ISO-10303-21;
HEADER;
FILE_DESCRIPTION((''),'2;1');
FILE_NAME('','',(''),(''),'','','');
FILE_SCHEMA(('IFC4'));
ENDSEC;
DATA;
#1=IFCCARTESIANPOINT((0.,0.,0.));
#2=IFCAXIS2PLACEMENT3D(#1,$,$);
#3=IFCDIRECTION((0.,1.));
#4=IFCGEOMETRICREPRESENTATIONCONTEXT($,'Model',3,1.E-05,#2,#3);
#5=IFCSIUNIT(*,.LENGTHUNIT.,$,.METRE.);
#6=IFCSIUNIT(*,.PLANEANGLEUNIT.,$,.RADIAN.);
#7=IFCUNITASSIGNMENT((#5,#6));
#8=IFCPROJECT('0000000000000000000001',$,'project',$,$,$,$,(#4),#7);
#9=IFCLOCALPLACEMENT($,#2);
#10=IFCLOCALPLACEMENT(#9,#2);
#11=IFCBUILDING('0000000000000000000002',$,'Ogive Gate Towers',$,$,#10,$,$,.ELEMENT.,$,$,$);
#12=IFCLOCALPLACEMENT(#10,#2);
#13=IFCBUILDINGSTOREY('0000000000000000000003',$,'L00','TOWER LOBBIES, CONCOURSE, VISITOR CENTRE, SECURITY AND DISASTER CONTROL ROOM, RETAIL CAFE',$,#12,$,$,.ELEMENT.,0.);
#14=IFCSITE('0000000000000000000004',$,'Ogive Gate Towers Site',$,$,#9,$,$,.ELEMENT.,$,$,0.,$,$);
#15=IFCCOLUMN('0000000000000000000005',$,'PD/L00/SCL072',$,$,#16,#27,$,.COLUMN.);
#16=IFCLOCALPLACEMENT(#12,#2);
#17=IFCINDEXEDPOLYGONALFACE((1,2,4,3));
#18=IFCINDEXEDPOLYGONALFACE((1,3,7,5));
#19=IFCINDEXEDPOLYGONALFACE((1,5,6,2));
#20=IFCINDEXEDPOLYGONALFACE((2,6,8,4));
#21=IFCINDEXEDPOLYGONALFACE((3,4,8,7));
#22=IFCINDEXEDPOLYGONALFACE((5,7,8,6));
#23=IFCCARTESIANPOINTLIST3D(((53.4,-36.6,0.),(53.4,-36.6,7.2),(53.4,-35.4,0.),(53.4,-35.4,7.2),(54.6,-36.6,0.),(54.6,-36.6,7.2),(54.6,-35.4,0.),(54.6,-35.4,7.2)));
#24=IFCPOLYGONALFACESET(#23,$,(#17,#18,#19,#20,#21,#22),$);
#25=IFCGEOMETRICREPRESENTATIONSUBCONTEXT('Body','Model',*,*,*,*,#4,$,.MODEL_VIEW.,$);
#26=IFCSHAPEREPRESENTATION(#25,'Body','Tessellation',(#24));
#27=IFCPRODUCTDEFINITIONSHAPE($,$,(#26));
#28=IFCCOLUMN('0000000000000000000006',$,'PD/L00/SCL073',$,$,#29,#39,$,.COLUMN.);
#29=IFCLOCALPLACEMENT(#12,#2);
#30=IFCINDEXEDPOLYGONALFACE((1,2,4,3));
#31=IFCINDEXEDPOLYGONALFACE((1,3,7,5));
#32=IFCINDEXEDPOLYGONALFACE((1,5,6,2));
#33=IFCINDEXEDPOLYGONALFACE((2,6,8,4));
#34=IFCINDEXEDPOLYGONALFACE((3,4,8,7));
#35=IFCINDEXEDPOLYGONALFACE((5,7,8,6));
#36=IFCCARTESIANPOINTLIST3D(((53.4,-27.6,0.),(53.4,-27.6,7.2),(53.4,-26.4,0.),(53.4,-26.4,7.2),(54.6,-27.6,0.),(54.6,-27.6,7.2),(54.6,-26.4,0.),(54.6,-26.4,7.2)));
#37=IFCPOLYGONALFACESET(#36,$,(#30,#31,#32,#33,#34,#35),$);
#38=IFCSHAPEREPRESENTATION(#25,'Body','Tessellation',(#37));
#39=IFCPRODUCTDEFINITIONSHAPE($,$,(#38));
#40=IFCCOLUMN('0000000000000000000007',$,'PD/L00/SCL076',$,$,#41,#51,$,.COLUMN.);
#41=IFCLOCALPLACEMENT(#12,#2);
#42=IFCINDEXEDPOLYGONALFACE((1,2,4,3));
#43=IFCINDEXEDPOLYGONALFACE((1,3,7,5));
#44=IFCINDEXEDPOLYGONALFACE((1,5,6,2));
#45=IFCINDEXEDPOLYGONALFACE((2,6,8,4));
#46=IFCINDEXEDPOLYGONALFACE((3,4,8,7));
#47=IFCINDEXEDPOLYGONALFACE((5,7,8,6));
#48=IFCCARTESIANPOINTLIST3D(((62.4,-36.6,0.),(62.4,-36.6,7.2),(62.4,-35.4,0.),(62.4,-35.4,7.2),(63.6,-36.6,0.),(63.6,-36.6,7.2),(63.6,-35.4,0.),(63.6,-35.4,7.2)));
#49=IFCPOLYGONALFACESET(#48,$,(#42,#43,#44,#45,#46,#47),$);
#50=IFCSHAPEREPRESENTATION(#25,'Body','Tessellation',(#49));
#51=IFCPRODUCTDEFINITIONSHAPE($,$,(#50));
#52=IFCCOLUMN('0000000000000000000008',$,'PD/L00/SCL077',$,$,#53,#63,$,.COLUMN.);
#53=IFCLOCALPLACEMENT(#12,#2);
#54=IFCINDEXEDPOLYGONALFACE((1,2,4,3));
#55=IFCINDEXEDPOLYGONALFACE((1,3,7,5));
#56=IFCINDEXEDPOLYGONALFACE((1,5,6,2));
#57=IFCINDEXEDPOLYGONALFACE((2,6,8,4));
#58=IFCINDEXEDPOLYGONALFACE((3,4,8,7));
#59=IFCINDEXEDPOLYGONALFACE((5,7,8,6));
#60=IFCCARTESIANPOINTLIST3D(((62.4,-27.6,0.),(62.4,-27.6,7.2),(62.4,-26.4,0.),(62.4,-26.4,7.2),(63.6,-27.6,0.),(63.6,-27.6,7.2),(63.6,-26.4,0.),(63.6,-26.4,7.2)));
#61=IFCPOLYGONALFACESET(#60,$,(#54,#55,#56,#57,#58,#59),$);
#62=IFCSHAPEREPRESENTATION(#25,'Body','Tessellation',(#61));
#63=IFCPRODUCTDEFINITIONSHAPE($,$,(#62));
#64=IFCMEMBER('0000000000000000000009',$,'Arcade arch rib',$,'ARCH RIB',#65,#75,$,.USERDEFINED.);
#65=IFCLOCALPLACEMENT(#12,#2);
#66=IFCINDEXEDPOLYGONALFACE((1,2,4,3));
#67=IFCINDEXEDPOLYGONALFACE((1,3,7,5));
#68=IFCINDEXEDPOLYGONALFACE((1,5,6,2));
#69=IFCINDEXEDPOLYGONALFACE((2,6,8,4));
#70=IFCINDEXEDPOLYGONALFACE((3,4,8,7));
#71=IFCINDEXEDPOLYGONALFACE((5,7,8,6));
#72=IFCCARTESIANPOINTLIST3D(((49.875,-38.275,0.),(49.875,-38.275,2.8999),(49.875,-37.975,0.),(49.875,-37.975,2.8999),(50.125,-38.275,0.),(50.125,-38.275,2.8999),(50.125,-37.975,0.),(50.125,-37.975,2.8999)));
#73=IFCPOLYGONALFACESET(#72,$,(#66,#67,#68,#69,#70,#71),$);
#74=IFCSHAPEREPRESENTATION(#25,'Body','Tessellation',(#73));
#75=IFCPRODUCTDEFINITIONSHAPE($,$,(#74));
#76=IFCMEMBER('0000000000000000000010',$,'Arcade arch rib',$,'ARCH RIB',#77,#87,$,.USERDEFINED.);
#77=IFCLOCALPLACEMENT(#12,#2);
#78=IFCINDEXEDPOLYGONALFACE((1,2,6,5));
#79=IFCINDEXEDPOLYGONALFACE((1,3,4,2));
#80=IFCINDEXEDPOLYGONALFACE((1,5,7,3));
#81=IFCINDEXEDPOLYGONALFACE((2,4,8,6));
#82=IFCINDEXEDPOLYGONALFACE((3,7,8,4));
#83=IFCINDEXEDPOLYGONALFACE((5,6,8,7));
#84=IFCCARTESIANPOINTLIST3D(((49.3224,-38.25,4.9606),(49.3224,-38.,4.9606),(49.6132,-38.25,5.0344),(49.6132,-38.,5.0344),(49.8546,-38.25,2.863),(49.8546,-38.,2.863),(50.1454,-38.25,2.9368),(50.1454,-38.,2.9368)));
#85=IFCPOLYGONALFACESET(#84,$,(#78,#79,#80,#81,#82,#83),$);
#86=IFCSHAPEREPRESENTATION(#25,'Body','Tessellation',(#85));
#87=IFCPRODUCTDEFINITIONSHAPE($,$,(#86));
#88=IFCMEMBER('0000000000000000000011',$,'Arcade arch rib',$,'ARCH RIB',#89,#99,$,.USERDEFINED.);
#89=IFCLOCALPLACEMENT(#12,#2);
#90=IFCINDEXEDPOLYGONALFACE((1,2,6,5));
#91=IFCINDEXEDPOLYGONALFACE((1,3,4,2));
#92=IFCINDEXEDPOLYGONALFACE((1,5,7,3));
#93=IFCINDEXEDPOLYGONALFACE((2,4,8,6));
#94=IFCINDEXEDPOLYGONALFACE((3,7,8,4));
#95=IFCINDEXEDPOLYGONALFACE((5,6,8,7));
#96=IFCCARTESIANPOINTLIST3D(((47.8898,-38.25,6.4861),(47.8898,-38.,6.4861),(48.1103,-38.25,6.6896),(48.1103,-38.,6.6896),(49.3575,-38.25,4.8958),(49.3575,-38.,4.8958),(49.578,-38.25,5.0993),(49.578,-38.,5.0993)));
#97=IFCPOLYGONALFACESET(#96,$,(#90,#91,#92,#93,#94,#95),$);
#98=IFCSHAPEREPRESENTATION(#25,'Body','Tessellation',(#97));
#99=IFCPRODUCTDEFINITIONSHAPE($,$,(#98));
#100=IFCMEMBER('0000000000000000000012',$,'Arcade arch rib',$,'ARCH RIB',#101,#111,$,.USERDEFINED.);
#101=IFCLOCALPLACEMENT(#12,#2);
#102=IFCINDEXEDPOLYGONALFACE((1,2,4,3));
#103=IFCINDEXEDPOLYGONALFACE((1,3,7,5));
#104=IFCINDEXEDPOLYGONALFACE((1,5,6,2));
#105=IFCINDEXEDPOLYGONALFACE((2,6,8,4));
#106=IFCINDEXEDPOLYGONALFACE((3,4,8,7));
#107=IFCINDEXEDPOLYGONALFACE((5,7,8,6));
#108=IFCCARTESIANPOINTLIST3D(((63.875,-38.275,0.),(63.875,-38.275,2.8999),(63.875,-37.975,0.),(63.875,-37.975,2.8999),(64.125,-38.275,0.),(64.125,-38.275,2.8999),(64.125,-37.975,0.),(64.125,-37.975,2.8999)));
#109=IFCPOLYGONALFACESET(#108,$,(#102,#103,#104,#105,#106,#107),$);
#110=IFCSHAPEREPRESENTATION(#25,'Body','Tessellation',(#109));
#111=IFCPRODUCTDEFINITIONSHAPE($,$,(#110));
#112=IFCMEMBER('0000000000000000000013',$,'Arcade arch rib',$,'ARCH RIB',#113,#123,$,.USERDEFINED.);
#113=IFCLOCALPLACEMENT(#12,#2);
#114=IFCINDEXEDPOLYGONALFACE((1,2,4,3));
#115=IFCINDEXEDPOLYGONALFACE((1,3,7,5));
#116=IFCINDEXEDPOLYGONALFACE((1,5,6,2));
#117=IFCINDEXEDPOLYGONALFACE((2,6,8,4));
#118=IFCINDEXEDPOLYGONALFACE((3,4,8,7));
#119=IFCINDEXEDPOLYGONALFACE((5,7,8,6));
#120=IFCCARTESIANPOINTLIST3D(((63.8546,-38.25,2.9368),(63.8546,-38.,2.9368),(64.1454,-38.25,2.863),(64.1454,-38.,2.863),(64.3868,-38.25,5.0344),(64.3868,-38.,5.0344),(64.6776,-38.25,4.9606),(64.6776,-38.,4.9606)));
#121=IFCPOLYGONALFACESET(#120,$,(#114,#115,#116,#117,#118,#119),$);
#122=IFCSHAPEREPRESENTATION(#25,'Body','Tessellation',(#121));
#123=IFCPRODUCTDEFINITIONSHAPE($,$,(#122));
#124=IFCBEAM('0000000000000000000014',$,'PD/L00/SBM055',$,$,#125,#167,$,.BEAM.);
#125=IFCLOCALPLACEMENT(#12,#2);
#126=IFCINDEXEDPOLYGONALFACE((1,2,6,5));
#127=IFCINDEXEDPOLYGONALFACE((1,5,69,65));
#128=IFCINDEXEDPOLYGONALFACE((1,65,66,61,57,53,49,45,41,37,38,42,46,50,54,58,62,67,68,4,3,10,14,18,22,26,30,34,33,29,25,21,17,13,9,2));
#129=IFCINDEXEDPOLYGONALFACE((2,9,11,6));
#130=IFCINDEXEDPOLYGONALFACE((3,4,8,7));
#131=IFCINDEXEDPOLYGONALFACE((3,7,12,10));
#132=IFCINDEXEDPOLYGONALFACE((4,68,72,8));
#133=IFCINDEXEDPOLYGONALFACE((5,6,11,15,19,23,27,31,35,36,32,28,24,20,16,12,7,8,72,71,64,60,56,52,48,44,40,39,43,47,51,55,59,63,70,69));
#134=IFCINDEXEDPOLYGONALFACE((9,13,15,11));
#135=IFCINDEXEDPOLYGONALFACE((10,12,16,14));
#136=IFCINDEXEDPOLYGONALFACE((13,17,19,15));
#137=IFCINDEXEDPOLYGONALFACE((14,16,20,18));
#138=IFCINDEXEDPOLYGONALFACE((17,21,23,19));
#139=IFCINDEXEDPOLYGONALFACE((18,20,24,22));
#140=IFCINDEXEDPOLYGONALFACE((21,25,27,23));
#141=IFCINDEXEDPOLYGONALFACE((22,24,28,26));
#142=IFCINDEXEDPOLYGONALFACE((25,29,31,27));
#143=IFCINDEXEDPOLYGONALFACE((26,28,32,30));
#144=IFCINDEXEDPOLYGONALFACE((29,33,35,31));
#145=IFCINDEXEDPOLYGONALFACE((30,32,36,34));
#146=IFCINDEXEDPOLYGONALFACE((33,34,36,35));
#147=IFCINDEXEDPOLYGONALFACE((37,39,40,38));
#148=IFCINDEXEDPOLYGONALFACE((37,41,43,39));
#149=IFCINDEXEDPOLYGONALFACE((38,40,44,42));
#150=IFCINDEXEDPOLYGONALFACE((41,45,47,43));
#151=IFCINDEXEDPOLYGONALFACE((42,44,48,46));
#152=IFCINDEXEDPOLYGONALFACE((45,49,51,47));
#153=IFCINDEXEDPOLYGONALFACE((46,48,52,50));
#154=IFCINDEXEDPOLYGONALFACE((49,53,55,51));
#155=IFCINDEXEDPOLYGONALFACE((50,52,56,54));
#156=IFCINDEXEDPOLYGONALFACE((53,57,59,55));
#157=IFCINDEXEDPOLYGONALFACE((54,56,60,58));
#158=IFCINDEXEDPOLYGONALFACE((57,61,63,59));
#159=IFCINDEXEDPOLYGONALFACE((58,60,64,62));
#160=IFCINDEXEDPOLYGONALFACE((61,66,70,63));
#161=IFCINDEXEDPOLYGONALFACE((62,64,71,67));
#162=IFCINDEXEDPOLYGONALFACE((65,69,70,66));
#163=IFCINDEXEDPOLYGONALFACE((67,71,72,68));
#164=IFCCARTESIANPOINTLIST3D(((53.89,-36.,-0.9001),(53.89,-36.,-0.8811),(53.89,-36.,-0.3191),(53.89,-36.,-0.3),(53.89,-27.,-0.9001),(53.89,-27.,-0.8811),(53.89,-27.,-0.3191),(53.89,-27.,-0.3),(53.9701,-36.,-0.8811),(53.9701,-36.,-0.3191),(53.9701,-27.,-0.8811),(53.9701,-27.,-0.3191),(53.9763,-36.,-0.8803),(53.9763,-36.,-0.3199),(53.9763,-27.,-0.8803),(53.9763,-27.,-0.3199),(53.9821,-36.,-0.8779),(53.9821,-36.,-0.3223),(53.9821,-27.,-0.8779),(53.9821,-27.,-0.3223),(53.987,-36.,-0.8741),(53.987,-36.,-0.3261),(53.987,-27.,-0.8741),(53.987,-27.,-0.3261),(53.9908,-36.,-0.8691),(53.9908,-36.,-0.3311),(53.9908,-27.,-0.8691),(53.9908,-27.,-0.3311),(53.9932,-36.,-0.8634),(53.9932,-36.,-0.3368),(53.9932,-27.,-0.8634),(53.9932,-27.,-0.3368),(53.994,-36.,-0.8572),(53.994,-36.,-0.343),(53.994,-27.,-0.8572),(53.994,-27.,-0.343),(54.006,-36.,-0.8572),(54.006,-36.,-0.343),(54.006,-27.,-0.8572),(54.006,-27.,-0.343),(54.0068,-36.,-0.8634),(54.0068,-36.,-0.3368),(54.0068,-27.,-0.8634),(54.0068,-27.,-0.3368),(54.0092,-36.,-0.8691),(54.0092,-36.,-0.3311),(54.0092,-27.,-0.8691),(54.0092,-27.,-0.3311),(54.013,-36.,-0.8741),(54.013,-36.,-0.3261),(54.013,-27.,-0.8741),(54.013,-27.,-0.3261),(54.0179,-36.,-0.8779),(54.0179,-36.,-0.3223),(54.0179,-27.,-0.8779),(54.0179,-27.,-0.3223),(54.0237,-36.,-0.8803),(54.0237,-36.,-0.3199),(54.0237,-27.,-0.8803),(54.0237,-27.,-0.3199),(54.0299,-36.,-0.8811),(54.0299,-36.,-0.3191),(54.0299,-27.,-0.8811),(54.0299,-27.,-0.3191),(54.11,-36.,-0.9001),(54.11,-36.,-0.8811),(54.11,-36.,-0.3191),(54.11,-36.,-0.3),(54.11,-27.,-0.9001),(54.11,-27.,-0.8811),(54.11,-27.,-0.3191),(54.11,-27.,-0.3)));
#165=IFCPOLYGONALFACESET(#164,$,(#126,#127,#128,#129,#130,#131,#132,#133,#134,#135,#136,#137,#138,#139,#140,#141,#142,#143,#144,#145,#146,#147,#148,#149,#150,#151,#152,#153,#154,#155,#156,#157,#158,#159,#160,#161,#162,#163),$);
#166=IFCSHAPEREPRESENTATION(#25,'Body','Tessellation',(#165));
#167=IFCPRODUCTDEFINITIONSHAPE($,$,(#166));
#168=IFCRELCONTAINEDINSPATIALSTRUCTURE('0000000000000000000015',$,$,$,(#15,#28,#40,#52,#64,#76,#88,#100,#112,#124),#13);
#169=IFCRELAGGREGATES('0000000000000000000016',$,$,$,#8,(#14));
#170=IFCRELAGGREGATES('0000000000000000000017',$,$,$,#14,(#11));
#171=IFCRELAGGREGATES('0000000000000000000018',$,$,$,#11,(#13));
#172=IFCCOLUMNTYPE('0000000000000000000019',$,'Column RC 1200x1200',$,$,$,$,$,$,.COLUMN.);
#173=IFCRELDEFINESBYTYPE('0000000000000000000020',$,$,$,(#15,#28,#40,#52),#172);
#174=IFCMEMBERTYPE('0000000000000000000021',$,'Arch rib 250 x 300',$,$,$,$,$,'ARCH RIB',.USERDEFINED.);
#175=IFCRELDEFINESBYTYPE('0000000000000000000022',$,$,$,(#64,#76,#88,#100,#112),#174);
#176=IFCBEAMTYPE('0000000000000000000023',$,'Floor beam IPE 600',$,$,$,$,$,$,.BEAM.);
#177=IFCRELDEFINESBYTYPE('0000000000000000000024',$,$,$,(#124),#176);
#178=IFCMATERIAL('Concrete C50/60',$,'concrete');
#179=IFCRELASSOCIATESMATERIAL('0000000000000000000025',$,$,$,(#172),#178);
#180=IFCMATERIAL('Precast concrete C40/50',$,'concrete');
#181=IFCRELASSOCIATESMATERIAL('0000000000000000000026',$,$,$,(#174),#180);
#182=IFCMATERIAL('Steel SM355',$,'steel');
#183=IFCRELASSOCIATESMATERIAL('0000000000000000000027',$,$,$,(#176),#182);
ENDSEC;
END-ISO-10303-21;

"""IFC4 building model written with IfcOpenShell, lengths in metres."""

from ifc_helpers import new_model, si_unit, direction, frame, origin, origin_2d, place, context, subcontext, project, spatial, rectangle, i_section, extrude, material, material_profile, profile_set, type_object, element, save


model = new_model("IFC4")

# Units and contexts
model_context = context("Model", 3, precision=1e-05, world=origin(), true_north=direction((0.0, 1.0)))
body_context = subcontext(model_context, "Body", "Model", "MODEL_VIEW")
ifc_project = project(units=[si_unit("LENGTHUNIT", "METRE"), si_unit("PLANEANGLEUNIT", "RADIAN")], contexts=[model_context])

# Site, building, storey
site_placement = place(None, origin())
site = spatial("IfcSite", under=ifc_project, at=site_placement, Name="Ogive Gate Towers Site", CompositionType="ELEMENT", RefElevation=0.0)
building_placement = place(site_placement, origin())
building = spatial("IfcBuilding", under=site, at=building_placement, Name="Ogive Gate Towers", CompositionType="ELEMENT")
storey_placement = place(building_placement, origin())
storey = spatial("IfcBuildingStorey", under=building, at=storey_placement, Name="L00", Description="TOWER LOBBIES, CONCOURSE, VISITOR CENTRE, SECURITY AND DISASTER CONTROL ROOM, RETAIL CAFE", CompositionType="ELEMENT", Elevation=0.0)

# Columns
ifc_material_1 = material(Name="Concrete C50/60", Category="concrete")
ifc_material_profile_1 = material_profile(ifc_material_1, rectangle(XDim=1.2, YDim=1.2, at=origin_2d()), Name="RC 1200x1200")
ifc_profile_set_1 = profile_set([ifc_material_profile_1], Name="Concrete C50/60")
column_type = type_object("IfcColumnType", Name="Column RC 1200x1200", PredefinedType="COLUMN", material=ifc_profile_set_1)
for number, where, z_axis, x_axis, name in (
    (1, (54.0, -36.0, 0.0), (0.0, 0.0, 1.0), (1.0, 0.0, 0.0), "PD/L00/SCL072"),
    (2, (54.0, -27.0, 0.0), (0.0, 0.0, 1.0), (1.0, 0.0, 0.0), "PD/L00/SCL073"),
    (3, (63.0, -36.0, 0.0), (0.0, 0.0, 1.0), (1.0, 0.0, 0.0), "PD/L00/SCL076"),
    (4, (63.0, -27.0, 0.0), (0.0, 0.0, 1.0), (1.0, 0.0, 0.0), "PD/L00/SCL077"),
):
    element("IfcColumn", number, at=place(storey_placement, frame(where, z_axis=z_axis, x_axis=x_axis)), inside=storey, type_object=column_type, Name=name, PredefinedType="COLUMN", context=body_context, shape_type="SweptSolid", body=[
        extrude(rectangle(XDim=1.2, YDim=1.2, at=origin_2d()), origin(), (0.0, 0.0, 1.0), 7.2),
    ])

# Members
ifc_material_2 = material(Name="Precast concrete C40/50", Category="concrete")
ifc_material_profile_2 = material_profile(ifc_material_2, rectangle(XDim=0.25, YDim=0.3, at=origin_2d()), Name="250 x 300 cast stone")
ifc_profile_set_2 = profile_set([ifc_material_profile_2], Name="Precast concrete C40/50")
member_type_1 = type_object("IfcMemberType", Name="Arch rib 250 x 300", ElementType="ARCH RIB", PredefinedType="USERDEFINED", material=ifc_profile_set_2)
member_1_placement = place(storey_placement, frame((50.0, -38.125, 0.0), z_axis=(0.0, 0.0, 1.0), x_axis=(1.0, 0.0, 0.0)))
element("IfcMember", 5, at=member_1_placement, inside=storey, type_object=member_type_1, Name="Arcade arch rib", ObjectType="ARCH RIB", PredefinedType="USERDEFINED", context=body_context, shape_type="SweptSolid", body=[
    extrude(rectangle(XDim=0.25, YDim=0.3, at=origin_2d()), origin(), (0.0, 0.0, 1.0), 2.8999),
])
for number, where, z_axis, x_axis, name in (
    (6, (50.0, -38.125, 2.8999), (-0.245932, 0.0, 0.969287), (0.0, -1.0, 0.0), "Arcade arch rib"),
    (7, (49.4678, -38.125, 4.9976), (-0.678224, 0.0, 0.734855), (0.0, -1.0, 0.0), "Arcade arch rib"),
):
    element("IfcMember", number, at=place(storey_placement, frame(where, z_axis=z_axis, x_axis=x_axis)), inside=storey, type_object=member_type_1, Name=name, ObjectType="ARCH RIB", PredefinedType="USERDEFINED", context=body_context, shape_type="SweptSolid", body=[
        extrude(rectangle(XDim=0.25, YDim=0.3, at=origin_2d()), origin(), (0.0, 0.0, 1.0), 2.1641),
    ])
member_2_placement = place(storey_placement, frame((64.0, -38.125, 0.0), z_axis=(0.0, 0.0, 1.0), x_axis=(1.0, 0.0, 0.0)))
element("IfcMember", 8, at=member_2_placement, inside=storey, type_object=member_type_1, Name="Arcade arch rib", ObjectType="ARCH RIB", PredefinedType="USERDEFINED", context=body_context, shape_type="SweptSolid", body=[
    extrude(rectangle(XDim=0.25, YDim=0.3, at=origin_2d()), origin(), (0.0, 0.0, 1.0), 2.8999),
])
member_3_placement = place(storey_placement, frame((64.0, -38.125, 2.8999), z_axis=(0.245932, 0.0, 0.969287), x_axis=(0.0, 1.0, 0.0)))
element("IfcMember", 9, at=member_3_placement, inside=storey, type_object=member_type_1, Name="Arcade arch rib", ObjectType="ARCH RIB", PredefinedType="USERDEFINED", context=body_context, shape_type="SweptSolid", body=[
    extrude(rectangle(XDim=0.25, YDim=0.3, at=origin_2d()), origin(), (0.0, 0.0, 1.0), 2.1641),
])

# Beam
ifc_material_3 = material(Name="Steel SM355", Category="steel")
ifc_material_profile_3 = material_profile(ifc_material_3, i_section(OverallWidth=0.22, OverallDepth=0.6001, WebThickness=0.012, FlangeThickness=0.019, FilletRadius=0.0239, at=origin_2d()), Name="IPE 600")
ifc_profile_set_3 = profile_set([ifc_material_profile_3], Name="Steel SM355")
beam_type = type_object("IfcBeamType", Name="Floor beam IPE 600", PredefinedType="BEAM", material=ifc_profile_set_3)
beam_1_placement = place(storey_placement, frame((54.0, -36.0, -0.6001), z_axis=(0.0, 1.0, 0.0), x_axis=(-1.0, 0.0, 0.0)))
element("IfcBeam", 10, at=beam_1_placement, inside=storey, type_object=beam_type, Name="PD/L00/SBM055", PredefinedType="BEAM", context=body_context, shape_type="SweptSolid", body=[
    extrude(i_section(OverallWidth=0.22, OverallDepth=0.6001, WebThickness=0.012, FlangeThickness=0.019, FilletRadius=0.0239, at=origin_2d()), origin(), (0.0, 0.0, 1.0), 9.0),
])

save(model, "model.ifc")
